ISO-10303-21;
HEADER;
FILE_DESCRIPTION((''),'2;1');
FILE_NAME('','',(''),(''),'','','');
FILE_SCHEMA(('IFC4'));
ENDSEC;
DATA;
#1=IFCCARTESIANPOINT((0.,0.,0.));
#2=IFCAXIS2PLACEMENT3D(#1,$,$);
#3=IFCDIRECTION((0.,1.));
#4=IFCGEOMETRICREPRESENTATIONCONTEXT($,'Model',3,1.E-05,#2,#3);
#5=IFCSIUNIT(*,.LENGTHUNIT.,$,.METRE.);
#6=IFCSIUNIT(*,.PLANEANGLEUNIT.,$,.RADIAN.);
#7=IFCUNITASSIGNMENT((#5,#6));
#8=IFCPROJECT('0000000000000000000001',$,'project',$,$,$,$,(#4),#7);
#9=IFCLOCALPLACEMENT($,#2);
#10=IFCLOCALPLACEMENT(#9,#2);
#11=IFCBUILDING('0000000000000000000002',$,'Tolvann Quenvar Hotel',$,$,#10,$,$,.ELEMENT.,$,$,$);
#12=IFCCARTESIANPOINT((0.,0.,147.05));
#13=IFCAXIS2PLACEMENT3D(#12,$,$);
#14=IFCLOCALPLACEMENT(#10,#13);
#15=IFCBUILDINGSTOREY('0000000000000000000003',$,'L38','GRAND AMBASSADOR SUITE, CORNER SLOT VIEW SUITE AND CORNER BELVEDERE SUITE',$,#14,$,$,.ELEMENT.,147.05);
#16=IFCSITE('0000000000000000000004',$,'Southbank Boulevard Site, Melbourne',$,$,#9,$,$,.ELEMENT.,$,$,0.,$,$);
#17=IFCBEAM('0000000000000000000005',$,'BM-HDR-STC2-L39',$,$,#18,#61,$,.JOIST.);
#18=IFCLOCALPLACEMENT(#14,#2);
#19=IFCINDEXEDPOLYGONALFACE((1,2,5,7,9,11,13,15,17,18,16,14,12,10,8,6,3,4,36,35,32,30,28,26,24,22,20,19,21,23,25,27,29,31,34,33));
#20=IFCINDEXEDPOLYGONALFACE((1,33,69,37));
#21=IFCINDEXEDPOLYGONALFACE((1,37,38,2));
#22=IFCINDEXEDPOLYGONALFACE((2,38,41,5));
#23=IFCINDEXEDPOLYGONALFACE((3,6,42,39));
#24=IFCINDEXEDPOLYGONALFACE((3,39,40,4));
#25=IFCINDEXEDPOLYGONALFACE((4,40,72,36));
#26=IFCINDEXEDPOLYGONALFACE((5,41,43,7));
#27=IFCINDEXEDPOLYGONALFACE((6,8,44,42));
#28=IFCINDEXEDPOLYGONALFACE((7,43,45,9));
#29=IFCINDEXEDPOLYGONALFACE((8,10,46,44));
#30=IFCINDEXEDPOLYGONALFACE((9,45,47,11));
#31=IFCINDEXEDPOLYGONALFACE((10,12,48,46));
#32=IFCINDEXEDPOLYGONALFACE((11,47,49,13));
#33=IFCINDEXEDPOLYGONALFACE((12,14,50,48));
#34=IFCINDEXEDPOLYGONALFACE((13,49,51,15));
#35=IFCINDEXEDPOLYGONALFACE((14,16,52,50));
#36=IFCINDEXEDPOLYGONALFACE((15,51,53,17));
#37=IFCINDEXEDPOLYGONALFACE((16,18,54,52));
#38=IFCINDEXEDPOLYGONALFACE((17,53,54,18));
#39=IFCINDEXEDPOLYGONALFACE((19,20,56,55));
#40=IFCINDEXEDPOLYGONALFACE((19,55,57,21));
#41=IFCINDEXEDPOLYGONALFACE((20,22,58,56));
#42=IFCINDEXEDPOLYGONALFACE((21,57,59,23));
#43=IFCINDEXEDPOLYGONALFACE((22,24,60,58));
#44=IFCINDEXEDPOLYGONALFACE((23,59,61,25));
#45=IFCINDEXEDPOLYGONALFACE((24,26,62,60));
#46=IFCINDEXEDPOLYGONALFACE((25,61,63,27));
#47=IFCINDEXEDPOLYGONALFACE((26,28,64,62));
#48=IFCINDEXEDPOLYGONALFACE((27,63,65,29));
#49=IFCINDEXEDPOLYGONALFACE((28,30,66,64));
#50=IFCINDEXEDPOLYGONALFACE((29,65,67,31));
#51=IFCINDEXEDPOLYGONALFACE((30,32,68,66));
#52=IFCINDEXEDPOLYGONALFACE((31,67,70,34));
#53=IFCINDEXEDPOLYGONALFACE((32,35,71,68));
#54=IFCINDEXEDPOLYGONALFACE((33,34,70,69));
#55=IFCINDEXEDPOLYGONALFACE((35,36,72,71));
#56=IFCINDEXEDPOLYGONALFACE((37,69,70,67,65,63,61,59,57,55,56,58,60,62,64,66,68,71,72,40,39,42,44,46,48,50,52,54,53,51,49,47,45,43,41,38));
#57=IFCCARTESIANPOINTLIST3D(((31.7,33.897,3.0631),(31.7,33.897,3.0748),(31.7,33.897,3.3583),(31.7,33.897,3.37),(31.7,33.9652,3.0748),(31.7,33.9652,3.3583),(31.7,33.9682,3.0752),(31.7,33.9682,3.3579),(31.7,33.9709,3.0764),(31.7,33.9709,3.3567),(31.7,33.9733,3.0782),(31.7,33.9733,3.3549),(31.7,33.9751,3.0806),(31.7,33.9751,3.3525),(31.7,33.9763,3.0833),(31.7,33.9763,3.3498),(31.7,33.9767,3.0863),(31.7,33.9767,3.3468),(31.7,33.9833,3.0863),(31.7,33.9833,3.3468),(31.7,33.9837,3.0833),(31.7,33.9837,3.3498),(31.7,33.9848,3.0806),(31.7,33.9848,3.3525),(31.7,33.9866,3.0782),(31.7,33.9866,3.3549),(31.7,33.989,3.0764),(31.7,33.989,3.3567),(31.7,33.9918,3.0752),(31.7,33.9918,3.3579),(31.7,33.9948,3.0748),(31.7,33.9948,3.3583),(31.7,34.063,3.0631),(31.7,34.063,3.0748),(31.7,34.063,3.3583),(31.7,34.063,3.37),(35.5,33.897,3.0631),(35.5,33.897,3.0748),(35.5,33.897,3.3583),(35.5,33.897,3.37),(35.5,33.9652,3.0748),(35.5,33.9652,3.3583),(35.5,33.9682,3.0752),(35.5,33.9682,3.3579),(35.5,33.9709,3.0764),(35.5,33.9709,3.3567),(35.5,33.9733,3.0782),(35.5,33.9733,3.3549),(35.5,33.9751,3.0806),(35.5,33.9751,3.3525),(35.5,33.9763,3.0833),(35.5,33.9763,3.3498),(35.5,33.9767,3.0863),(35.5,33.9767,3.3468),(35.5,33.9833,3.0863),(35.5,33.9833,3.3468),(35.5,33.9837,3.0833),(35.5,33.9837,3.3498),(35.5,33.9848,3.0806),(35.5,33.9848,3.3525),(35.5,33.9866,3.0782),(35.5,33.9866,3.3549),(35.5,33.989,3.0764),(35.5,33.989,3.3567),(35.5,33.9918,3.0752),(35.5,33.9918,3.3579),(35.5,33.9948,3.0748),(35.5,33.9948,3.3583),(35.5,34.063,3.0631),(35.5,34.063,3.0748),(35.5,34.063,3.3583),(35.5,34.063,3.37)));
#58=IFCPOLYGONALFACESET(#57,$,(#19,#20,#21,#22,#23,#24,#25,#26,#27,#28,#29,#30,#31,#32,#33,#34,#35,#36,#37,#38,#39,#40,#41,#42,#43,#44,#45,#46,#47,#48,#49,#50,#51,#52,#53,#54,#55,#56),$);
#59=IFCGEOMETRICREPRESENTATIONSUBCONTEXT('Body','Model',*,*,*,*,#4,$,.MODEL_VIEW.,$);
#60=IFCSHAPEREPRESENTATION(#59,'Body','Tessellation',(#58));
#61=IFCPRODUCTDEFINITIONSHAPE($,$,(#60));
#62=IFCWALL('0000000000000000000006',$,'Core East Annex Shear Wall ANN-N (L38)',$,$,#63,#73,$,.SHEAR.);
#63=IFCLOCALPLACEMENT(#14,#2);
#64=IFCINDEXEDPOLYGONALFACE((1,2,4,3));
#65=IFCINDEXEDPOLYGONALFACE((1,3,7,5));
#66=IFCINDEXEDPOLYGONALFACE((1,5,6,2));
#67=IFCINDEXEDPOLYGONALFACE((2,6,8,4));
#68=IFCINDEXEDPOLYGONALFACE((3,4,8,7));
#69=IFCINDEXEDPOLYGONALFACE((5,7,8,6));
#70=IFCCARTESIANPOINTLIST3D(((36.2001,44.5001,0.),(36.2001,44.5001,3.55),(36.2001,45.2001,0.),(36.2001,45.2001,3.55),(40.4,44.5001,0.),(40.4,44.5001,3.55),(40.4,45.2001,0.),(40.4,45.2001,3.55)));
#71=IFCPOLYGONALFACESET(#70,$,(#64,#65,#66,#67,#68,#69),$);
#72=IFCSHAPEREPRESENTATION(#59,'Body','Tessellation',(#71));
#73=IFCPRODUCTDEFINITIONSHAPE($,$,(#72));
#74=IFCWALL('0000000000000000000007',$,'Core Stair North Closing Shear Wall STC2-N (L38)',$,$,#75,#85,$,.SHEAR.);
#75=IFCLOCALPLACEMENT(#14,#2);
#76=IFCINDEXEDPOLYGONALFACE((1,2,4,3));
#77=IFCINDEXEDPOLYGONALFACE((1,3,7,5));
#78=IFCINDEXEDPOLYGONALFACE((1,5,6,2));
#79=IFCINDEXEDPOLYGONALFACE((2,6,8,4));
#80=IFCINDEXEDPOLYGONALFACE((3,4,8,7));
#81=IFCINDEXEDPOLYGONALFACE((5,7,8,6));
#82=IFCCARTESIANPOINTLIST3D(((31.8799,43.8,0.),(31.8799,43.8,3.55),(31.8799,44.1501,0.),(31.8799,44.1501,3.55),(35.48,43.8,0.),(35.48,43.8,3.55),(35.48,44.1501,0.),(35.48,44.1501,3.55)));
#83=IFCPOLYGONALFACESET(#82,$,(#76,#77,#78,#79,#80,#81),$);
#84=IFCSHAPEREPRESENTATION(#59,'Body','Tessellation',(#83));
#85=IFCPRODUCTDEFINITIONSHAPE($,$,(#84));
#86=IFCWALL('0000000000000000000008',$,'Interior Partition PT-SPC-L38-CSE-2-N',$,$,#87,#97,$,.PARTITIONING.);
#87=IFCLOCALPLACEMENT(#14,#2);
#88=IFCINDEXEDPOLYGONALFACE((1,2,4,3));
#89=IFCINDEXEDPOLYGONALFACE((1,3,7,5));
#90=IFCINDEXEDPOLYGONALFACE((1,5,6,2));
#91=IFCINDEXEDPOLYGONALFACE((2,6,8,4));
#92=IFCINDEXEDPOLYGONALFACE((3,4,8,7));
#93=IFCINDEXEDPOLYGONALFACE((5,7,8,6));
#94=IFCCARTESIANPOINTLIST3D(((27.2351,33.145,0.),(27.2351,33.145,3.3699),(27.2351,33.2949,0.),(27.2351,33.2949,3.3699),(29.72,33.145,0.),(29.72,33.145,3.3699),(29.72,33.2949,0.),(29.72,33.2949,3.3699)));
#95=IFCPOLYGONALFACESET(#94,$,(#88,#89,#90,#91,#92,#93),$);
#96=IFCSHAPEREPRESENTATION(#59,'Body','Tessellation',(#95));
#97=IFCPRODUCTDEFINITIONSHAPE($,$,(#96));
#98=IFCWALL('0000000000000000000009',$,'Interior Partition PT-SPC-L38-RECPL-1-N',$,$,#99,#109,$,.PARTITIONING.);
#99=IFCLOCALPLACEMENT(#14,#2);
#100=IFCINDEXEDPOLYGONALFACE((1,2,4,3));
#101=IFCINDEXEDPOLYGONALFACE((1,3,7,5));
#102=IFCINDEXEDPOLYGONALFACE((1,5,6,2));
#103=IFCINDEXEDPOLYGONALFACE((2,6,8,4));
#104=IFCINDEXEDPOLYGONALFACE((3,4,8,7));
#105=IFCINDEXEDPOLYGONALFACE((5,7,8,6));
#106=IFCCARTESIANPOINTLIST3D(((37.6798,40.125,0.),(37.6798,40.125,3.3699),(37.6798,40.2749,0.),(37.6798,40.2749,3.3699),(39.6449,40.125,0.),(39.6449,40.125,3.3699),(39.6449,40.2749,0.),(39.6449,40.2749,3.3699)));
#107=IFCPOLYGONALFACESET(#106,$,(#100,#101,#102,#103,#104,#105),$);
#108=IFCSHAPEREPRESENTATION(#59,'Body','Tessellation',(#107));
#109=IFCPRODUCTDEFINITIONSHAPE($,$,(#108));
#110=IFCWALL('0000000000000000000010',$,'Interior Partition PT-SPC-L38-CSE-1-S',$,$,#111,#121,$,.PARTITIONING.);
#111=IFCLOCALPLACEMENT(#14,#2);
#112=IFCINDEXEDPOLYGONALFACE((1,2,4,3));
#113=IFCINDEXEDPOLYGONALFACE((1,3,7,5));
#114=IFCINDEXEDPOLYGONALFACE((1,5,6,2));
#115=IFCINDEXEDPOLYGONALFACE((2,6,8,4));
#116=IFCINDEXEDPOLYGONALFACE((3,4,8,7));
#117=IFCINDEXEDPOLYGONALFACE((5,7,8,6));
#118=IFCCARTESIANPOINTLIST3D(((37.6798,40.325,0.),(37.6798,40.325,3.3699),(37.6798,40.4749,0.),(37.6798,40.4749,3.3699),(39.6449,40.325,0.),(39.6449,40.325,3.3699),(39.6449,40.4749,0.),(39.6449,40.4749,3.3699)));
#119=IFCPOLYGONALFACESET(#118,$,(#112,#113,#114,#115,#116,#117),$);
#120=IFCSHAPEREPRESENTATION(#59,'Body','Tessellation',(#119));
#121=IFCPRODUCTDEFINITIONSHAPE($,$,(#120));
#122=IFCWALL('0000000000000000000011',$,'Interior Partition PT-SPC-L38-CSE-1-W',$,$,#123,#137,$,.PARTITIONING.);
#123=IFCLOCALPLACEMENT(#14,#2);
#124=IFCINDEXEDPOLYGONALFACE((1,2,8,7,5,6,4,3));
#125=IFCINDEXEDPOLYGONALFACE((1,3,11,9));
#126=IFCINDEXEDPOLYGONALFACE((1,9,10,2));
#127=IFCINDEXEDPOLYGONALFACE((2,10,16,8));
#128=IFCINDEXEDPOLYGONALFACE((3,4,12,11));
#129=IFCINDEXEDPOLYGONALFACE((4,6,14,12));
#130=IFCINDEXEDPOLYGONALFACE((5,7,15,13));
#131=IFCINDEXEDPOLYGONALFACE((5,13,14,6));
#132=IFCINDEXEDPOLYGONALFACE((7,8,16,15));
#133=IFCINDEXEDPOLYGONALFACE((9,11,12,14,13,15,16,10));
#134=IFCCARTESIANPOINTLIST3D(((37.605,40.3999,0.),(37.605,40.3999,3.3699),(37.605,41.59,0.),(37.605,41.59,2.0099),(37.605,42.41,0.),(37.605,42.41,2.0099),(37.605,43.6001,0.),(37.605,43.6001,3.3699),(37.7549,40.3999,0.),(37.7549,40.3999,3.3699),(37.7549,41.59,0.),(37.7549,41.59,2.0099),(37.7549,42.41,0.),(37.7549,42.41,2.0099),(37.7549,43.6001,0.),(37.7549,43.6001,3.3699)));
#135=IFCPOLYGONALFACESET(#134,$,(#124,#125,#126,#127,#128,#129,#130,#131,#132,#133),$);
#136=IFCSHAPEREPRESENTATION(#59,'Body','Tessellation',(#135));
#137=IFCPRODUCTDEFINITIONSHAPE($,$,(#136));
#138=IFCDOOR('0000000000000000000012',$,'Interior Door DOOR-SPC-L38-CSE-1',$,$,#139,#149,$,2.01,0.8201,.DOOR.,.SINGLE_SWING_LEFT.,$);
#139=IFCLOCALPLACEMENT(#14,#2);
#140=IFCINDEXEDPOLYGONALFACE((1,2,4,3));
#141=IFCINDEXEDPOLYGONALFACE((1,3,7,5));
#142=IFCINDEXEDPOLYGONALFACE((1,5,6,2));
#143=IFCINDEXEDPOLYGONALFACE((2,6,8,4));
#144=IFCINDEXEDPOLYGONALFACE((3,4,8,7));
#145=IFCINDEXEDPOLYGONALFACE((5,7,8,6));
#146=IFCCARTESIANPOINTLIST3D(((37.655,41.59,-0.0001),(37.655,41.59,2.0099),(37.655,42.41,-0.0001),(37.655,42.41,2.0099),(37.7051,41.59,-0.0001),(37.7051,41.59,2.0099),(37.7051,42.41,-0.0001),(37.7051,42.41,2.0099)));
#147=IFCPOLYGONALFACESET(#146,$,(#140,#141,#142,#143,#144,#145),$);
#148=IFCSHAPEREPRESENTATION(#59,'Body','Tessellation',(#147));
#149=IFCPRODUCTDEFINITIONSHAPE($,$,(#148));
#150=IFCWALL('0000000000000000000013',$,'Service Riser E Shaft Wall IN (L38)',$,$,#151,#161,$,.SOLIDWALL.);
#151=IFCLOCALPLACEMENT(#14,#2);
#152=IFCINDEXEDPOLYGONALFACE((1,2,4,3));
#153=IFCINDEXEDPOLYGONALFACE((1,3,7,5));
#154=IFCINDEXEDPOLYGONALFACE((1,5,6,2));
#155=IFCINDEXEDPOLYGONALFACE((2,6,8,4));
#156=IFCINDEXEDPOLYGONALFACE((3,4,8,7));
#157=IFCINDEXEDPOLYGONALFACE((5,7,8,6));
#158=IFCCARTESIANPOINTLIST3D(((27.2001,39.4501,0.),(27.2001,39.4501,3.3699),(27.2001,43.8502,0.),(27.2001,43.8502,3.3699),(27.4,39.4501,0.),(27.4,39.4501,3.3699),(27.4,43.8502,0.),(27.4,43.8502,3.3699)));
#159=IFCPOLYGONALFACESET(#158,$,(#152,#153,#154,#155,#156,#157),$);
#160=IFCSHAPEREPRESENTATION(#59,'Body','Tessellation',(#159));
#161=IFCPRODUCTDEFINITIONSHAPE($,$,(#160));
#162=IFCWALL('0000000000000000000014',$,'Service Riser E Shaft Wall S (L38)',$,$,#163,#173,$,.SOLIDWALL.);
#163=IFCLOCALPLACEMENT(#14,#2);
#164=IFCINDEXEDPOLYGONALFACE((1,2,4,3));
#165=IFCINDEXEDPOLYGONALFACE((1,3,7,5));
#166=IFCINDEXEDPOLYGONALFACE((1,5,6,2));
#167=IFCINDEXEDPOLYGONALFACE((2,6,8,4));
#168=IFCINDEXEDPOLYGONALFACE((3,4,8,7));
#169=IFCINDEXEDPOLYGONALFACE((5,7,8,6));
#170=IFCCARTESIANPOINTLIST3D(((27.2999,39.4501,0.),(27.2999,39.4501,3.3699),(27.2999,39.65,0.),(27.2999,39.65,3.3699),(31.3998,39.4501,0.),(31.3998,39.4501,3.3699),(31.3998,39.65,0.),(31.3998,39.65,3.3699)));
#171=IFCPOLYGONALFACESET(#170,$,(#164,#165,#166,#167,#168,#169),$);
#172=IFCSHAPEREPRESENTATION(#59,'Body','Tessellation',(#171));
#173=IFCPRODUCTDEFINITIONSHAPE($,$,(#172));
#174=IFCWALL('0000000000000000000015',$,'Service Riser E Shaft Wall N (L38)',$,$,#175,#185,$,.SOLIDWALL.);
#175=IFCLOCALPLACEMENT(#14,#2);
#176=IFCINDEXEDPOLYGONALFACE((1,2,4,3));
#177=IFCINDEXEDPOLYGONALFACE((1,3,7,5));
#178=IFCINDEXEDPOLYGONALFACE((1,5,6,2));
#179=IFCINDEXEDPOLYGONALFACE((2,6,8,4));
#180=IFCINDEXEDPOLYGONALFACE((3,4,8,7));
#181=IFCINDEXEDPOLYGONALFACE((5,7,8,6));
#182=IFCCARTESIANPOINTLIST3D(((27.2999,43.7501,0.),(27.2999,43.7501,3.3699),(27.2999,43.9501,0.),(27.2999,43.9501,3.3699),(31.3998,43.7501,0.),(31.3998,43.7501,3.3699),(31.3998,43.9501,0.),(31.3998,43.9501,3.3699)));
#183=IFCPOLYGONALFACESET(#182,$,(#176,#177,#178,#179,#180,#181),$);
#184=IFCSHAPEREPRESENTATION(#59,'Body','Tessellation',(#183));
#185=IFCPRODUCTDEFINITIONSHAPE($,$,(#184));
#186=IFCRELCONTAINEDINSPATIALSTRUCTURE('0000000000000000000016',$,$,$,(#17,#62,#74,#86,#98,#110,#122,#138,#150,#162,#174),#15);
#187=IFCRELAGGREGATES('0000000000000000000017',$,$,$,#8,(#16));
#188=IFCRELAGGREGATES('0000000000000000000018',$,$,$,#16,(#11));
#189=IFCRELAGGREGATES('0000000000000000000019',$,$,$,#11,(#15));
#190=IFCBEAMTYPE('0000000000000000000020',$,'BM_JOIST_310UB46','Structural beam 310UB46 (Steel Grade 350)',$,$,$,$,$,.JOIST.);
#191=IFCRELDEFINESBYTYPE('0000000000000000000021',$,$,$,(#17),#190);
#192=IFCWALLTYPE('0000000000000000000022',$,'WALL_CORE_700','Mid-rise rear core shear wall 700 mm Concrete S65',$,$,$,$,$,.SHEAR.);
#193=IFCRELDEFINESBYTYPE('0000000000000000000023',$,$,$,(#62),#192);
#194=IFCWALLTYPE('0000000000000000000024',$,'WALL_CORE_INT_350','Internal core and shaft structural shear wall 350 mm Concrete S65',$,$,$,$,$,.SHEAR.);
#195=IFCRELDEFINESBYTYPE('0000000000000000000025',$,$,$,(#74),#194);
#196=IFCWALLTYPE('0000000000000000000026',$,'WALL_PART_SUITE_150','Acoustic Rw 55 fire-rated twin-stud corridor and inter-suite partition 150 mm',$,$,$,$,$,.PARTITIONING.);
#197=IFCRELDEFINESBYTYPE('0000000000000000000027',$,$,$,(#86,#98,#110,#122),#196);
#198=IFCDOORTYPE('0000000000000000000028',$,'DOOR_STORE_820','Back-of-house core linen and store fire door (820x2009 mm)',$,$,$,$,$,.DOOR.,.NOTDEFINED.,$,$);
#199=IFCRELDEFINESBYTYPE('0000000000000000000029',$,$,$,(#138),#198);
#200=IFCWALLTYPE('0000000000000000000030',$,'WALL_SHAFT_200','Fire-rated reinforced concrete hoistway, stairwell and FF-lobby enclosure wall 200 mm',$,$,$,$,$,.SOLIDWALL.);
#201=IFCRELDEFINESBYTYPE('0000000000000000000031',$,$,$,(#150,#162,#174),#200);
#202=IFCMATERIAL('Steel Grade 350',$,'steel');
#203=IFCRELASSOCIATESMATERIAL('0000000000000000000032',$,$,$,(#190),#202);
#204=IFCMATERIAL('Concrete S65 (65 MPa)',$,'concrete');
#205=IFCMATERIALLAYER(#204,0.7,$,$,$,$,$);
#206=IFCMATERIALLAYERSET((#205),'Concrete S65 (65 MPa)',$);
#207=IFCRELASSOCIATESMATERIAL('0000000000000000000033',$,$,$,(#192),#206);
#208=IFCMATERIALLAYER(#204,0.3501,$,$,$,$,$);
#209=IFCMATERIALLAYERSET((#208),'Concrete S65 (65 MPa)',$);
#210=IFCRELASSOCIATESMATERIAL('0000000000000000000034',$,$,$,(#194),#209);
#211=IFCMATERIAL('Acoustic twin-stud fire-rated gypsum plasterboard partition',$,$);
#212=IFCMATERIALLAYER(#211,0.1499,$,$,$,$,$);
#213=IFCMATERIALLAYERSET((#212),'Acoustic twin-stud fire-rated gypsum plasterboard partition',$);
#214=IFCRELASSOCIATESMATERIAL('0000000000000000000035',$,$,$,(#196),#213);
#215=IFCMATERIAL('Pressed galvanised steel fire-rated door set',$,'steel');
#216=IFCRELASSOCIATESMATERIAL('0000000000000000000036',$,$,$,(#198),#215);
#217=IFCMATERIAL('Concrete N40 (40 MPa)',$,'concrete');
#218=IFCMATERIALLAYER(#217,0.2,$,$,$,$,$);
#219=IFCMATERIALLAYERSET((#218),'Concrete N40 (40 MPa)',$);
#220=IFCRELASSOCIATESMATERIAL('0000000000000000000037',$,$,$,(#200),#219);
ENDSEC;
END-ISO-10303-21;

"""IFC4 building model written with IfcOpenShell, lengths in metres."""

from ifc_helpers import new_model, si_unit, direction, frame, frame_2d, origin, origin_2d, place, context, subcontext, project, spatial, rectangle, i_section, extrude, source, transform, mapped, material, layer, layer_set, material_profile, profile_set, type_object, type_shapes, element, fill, save


model = new_model("IFC4")

# Units and contexts
model_context = context("Model", 3, precision=1e-05, world=origin(), true_north=direction((0.0, 1.0)))
body_context = subcontext(model_context, "Body", "Model", "MODEL_VIEW")
ifc_project = project(units=[si_unit("LENGTHUNIT", "METRE"), si_unit("PLANEANGLEUNIT", "RADIAN")], contexts=[model_context])

# Site, building, storey
site_placement = place(None, origin())
site = spatial("IfcSite", under=ifc_project, at=site_placement, Name="Southbank Boulevard Site, Melbourne", CompositionType="ELEMENT", RefElevation=0.0)
building_placement = place(site_placement, origin())
building = spatial("IfcBuilding", under=site, at=building_placement, Name="Tolvann Quenvar Hotel", CompositionType="ELEMENT")
storey_placement = place(building_placement, frame((0.0, 0.0, 147.05)))
storey = spatial("IfcBuildingStorey", under=building, at=storey_placement, Name="L38", Description="GRAND AMBASSADOR SUITE, CORNER SLOT VIEW SUITE AND CORNER BELVEDERE SUITE", CompositionType="ELEMENT", Elevation=147.05)

# Beam
ifc_material_1 = material(Name="Steel Grade 350", Category="steel")
ifc_material_profile = material_profile(ifc_material_1, i_section(OverallWidth=0.166, OverallDepth=0.3069, WebThickness=0.0066, FlangeThickness=0.0117, FilletRadius=0.0115, at=origin_2d()), Name="310UB46")
ifc_profile_set = profile_set([ifc_material_profile], Name="Steel Grade 350")
beam_type = type_object("IfcBeamType", Name="BM_JOIST_310UB46", Description="Structural beam 310UB46 (Steel Grade 350)", PredefinedType="JOIST", material=ifc_profile_set)
shared_shape_1 = source(origin(), body_context, "Body", "SweptSolid", [
    extrude(i_section(OverallWidth=0.166, OverallDepth=0.3069, WebThickness=0.0066, FlangeThickness=0.0117, FilletRadius=0.0115, at=origin_2d()), origin(), (0.0, 0.0, 1.0), 3.8),
])
type_shapes(beam_type, [shared_shape_1])
beam_placement = place(storey_placement, frame((31.7, 33.98, 3.2166), z_axis=(1.0, 0.0, 0.0), x_axis=(0.0, 1.0, 0.0)))
element("IfcBeam", 1, at=beam_placement, inside=storey, type_object=beam_type, Name="BM-HDR-STC2-L39", PredefinedType="JOIST", context=body_context, shape_type="MappedRepresentation", body=[
    mapped(shared_shape_1, transform((0.0, 0.0, 0.0), x_axis=(1.0, 0.0, 0.0), y_axis=(0.0, 1.0, 0.0), z_axis=(0.0, 0.0, 1.0), scale=1.0)),
])

# Walls
ifc_material_2 = material(Name="Concrete S65 (65 MPa)", Category="concrete")
ifc_layer_1 = layer(ifc_material_2, 0.7)
ifc_layer_set_1 = layer_set([ifc_layer_1], Name="Concrete S65 (65 MPa)")
wall_type_1 = type_object("IfcWallType", Name="WALL_CORE_700", Description="Mid-rise rear core shear wall 700 mm Concrete S65", PredefinedType="SHEAR", material=ifc_layer_set_1)
wall_1_placement = place(storey_placement, frame((36.2, 44.8501, 0.0), z_axis=(0.0, 0.0, 1.0), x_axis=(1.0, 0.0, 0.0)))
element("IfcWall", 2, at=wall_1_placement, inside=storey, type_object=wall_type_1, Name="Core East Annex Shear Wall ANN-N (L38)", PredefinedType="SHEAR", context=body_context, shape_type="SweptSolid", body=[
    extrude(rectangle(XDim=4.2, YDim=0.7, at=frame_2d((2.1001, 0.0))), origin(), (0.0, 0.0, 1.0), 3.55),
])
ifc_layer_2 = layer(ifc_material_2, 0.3501)
ifc_layer_set_2 = layer_set([ifc_layer_2], Name="Concrete S65 (65 MPa)")
wall_type_2 = type_object("IfcWallType", Name="WALL_CORE_INT_350", Description="Internal core and shaft structural shear wall 350 mm Concrete S65", PredefinedType="SHEAR", material=ifc_layer_set_2)
wall_2_placement = place(storey_placement, frame((31.8799, 43.9751, 0.0), z_axis=(0.0, 0.0, 1.0), x_axis=(1.0, 0.0, 0.0)))
element("IfcWall", 3, at=wall_2_placement, inside=storey, type_object=wall_type_2, Name="Core Stair North Closing Shear Wall STC2-N (L38)", PredefinedType="SHEAR", context=body_context, shape_type="SweptSolid", body=[
    extrude(rectangle(XDim=3.6001, YDim=0.3501, at=frame_2d((1.8, 0.0))), origin(), (0.0, 0.0, 1.0), 3.55),
])
ifc_material_3 = material(Name="Acoustic twin-stud fire-rated gypsum plasterboard partition")
ifc_layer_3 = layer(ifc_material_3, 0.1499)
ifc_layer_set_3 = layer_set([ifc_layer_3], Name="Acoustic twin-stud fire-rated gypsum plasterboard partition")
wall_type_3 = type_object("IfcWallType", Name="WALL_PART_SUITE_150", Description="Acoustic Rw 55 fire-rated twin-stud corridor and inter-suite partition 150 mm", PredefinedType="PARTITIONING", material=ifc_layer_set_3)
wall_3_placement = place(storey_placement, frame((27.2351, 33.22, 0.0), z_axis=(0.0, 0.0, 1.0), x_axis=(1.0, 0.0, 0.0)))
element("IfcWall", 4, at=wall_3_placement, inside=storey, type_object=wall_type_3, Name="Interior Partition PT-SPC-L38-CSE-2-N", PredefinedType="PARTITIONING", context=body_context, shape_type="SweptSolid", body=[
    extrude(rectangle(XDim=2.4849, YDim=0.1499, at=frame_2d((1.2424, 0.0))), origin(), (0.0, 0.0, 1.0), 3.3699),
])
for number, where, z_axis, x_axis, name in (
    (5, (37.6799, 40.2, 0.0), (0.0, 0.0, 1.0), (1.0, 0.0, 0.0), "Interior Partition PT-SPC-L38-RECPL-1-N"),
    (6, (37.6799, 40.3999, 0.0), (0.0, 0.0, 1.0), (1.0, 0.0, 0.0), "Interior Partition PT-SPC-L38-CSE-1-S"),
):
    element("IfcWall", number, at=place(storey_placement, frame(where, z_axis=z_axis, x_axis=x_axis)), inside=storey, type_object=wall_type_3, Name=name, PredefinedType="PARTITIONING", context=body_context, shape_type="SweptSolid", body=[
        extrude(rectangle(XDim=1.9651, YDim=0.1499, at=frame_2d((0.9824, 0.0))), origin(), (0.0, 0.0, 1.0), 3.3699),
    ])

# Wall, opening, door
wall_4_placement = place(storey_placement, frame((37.6799, 40.3999, 0.0), z_axis=(0.0, 0.0, 1.0), x_axis=(0.0, 1.0, 0.0)))
wall_4 = element("IfcWall", 7, at=wall_4_placement, inside=storey, type_object=wall_type_3, Name="Interior Partition PT-SPC-L38-CSE-1-W", PredefinedType="PARTITIONING", context=body_context, shape_type="SweptSolid", body=[
    extrude(rectangle(XDim=3.2002, YDim=0.1499, at=frame_2d((1.6001, 0.0))), origin(), (0.0, 0.0, 1.0), 3.3699),
])
opening_1_placement = place(wall_4_placement, frame((1.1899, 0.0, 0.0)))
opening_1 = element("IfcOpeningElement", 8, at=opening_1_placement, cuts=wall_4, PredefinedType="OPENING", context=body_context, shape_type="SweptSolid", body=[
    extrude(rectangle(XDim=0.8201, YDim=2.01, at=frame_2d((0.4102, 1.0049))), frame((0.0, 0.085, 0.0), z_axis=(0.0, -1.0, 0.0), x_axis=(1.0, 0.0, 0.0)), (0.0, 0.0, 1.0), 0.1699),
])
ifc_material_4 = material(Name="Pressed galvanised steel fire-rated door set", Category="steel")
door_type_1 = type_object("IfcDoorType", Name="DOOR_STORE_820", Description="Back-of-house core linen and store fire door (820x2009 mm)", OperationType="NOTDEFINED", PredefinedType="DOOR", material=ifc_material_4)
shared_shape_2 = source(origin(), body_context, "Body", "SweptSolid", [
    extrude(rectangle(XDim=0.8201, YDim=2.01, at=frame_2d((0.4102, 1.0049))), frame((0.0, 0.0249, 0.0), z_axis=(0.0, -1.0, 0.0), x_axis=(1.0, 0.0, 0.0)), (0.0, 0.0, 1.0), 0.05),
])
type_shapes(door_type_1, [shared_shape_2])
door_1_placement = place(opening_1_placement, origin())
door_1 = element("IfcDoor", 9, at=door_1_placement, inside=storey, type_object=door_type_1, Name="Interior Door DOOR-SPC-L38-CSE-1", OperationType="SINGLE_SWING_LEFT", OverallHeight=2.01, OverallWidth=0.8201, PredefinedType="DOOR", context=body_context, shape_type="MappedRepresentation", body=[
    mapped(shared_shape_2, transform((0.0, 0.0, 0.0), x_axis=(1.0, 0.0, 0.0), y_axis=(0.0, 1.0, 0.0), z_axis=(0.0, 0.0, 1.0), scale=1.0)),
])
fill(opening_1, door_1)

# Walls
ifc_material_5 = material(Name="Concrete N40 (40 MPa)", Category="concrete")
ifc_layer_4 = layer(ifc_material_5, 0.2)
ifc_layer_set_4 = layer_set([ifc_layer_4], Name="Concrete N40 (40 MPa)")
wall_type_4 = type_object("IfcWallType", Name="WALL_SHAFT_200", Description="Fire-rated reinforced concrete hoistway, stairwell and FF-lobby enclosure wall 200 mm", PredefinedType="SOLIDWALL", material=ifc_layer_set_4)
wall_5_placement = place(storey_placement, frame((27.3, 39.45, 0.0), z_axis=(0.0, 0.0, 1.0), x_axis=(0.0, 1.0, 0.0)))
element("IfcWall", 10, at=wall_5_placement, inside=storey, type_object=wall_type_4, Name="Service Riser E Shaft Wall IN (L38)", PredefinedType="SOLIDWALL", context=body_context, shape_type="SweptSolid", body=[
    extrude(rectangle(XDim=4.4001, YDim=0.2, at=frame_2d((2.2002, 0.0))), origin(), (0.0, 0.0, 1.0), 3.3699),
])
for number, where, z_axis, x_axis, name in (
    (11, (27.3, 39.55, 0.0), (0.0, 0.0, 1.0), (1.0, 0.0, 0.0), "Service Riser E Shaft Wall S (L38)"),
    (12, (27.3, 43.8501, 0.0), (0.0, 0.0, 1.0), (1.0, 0.0, 0.0), "Service Riser E Shaft Wall N (L38)"),
):
    element("IfcWall", number, at=place(storey_placement, frame(where, z_axis=z_axis, x_axis=x_axis)), inside=storey, type_object=wall_type_4, Name=name, PredefinedType="SOLIDWALL", context=body_context, shape_type="SweptSolid", body=[
        extrude(rectangle(XDim=4.0999, YDim=0.2, at=frame_2d((2.0498, 0.0))), origin(), (0.0, 0.0, 1.0), 3.3699),
    ])

save(model, "model.ifc")
